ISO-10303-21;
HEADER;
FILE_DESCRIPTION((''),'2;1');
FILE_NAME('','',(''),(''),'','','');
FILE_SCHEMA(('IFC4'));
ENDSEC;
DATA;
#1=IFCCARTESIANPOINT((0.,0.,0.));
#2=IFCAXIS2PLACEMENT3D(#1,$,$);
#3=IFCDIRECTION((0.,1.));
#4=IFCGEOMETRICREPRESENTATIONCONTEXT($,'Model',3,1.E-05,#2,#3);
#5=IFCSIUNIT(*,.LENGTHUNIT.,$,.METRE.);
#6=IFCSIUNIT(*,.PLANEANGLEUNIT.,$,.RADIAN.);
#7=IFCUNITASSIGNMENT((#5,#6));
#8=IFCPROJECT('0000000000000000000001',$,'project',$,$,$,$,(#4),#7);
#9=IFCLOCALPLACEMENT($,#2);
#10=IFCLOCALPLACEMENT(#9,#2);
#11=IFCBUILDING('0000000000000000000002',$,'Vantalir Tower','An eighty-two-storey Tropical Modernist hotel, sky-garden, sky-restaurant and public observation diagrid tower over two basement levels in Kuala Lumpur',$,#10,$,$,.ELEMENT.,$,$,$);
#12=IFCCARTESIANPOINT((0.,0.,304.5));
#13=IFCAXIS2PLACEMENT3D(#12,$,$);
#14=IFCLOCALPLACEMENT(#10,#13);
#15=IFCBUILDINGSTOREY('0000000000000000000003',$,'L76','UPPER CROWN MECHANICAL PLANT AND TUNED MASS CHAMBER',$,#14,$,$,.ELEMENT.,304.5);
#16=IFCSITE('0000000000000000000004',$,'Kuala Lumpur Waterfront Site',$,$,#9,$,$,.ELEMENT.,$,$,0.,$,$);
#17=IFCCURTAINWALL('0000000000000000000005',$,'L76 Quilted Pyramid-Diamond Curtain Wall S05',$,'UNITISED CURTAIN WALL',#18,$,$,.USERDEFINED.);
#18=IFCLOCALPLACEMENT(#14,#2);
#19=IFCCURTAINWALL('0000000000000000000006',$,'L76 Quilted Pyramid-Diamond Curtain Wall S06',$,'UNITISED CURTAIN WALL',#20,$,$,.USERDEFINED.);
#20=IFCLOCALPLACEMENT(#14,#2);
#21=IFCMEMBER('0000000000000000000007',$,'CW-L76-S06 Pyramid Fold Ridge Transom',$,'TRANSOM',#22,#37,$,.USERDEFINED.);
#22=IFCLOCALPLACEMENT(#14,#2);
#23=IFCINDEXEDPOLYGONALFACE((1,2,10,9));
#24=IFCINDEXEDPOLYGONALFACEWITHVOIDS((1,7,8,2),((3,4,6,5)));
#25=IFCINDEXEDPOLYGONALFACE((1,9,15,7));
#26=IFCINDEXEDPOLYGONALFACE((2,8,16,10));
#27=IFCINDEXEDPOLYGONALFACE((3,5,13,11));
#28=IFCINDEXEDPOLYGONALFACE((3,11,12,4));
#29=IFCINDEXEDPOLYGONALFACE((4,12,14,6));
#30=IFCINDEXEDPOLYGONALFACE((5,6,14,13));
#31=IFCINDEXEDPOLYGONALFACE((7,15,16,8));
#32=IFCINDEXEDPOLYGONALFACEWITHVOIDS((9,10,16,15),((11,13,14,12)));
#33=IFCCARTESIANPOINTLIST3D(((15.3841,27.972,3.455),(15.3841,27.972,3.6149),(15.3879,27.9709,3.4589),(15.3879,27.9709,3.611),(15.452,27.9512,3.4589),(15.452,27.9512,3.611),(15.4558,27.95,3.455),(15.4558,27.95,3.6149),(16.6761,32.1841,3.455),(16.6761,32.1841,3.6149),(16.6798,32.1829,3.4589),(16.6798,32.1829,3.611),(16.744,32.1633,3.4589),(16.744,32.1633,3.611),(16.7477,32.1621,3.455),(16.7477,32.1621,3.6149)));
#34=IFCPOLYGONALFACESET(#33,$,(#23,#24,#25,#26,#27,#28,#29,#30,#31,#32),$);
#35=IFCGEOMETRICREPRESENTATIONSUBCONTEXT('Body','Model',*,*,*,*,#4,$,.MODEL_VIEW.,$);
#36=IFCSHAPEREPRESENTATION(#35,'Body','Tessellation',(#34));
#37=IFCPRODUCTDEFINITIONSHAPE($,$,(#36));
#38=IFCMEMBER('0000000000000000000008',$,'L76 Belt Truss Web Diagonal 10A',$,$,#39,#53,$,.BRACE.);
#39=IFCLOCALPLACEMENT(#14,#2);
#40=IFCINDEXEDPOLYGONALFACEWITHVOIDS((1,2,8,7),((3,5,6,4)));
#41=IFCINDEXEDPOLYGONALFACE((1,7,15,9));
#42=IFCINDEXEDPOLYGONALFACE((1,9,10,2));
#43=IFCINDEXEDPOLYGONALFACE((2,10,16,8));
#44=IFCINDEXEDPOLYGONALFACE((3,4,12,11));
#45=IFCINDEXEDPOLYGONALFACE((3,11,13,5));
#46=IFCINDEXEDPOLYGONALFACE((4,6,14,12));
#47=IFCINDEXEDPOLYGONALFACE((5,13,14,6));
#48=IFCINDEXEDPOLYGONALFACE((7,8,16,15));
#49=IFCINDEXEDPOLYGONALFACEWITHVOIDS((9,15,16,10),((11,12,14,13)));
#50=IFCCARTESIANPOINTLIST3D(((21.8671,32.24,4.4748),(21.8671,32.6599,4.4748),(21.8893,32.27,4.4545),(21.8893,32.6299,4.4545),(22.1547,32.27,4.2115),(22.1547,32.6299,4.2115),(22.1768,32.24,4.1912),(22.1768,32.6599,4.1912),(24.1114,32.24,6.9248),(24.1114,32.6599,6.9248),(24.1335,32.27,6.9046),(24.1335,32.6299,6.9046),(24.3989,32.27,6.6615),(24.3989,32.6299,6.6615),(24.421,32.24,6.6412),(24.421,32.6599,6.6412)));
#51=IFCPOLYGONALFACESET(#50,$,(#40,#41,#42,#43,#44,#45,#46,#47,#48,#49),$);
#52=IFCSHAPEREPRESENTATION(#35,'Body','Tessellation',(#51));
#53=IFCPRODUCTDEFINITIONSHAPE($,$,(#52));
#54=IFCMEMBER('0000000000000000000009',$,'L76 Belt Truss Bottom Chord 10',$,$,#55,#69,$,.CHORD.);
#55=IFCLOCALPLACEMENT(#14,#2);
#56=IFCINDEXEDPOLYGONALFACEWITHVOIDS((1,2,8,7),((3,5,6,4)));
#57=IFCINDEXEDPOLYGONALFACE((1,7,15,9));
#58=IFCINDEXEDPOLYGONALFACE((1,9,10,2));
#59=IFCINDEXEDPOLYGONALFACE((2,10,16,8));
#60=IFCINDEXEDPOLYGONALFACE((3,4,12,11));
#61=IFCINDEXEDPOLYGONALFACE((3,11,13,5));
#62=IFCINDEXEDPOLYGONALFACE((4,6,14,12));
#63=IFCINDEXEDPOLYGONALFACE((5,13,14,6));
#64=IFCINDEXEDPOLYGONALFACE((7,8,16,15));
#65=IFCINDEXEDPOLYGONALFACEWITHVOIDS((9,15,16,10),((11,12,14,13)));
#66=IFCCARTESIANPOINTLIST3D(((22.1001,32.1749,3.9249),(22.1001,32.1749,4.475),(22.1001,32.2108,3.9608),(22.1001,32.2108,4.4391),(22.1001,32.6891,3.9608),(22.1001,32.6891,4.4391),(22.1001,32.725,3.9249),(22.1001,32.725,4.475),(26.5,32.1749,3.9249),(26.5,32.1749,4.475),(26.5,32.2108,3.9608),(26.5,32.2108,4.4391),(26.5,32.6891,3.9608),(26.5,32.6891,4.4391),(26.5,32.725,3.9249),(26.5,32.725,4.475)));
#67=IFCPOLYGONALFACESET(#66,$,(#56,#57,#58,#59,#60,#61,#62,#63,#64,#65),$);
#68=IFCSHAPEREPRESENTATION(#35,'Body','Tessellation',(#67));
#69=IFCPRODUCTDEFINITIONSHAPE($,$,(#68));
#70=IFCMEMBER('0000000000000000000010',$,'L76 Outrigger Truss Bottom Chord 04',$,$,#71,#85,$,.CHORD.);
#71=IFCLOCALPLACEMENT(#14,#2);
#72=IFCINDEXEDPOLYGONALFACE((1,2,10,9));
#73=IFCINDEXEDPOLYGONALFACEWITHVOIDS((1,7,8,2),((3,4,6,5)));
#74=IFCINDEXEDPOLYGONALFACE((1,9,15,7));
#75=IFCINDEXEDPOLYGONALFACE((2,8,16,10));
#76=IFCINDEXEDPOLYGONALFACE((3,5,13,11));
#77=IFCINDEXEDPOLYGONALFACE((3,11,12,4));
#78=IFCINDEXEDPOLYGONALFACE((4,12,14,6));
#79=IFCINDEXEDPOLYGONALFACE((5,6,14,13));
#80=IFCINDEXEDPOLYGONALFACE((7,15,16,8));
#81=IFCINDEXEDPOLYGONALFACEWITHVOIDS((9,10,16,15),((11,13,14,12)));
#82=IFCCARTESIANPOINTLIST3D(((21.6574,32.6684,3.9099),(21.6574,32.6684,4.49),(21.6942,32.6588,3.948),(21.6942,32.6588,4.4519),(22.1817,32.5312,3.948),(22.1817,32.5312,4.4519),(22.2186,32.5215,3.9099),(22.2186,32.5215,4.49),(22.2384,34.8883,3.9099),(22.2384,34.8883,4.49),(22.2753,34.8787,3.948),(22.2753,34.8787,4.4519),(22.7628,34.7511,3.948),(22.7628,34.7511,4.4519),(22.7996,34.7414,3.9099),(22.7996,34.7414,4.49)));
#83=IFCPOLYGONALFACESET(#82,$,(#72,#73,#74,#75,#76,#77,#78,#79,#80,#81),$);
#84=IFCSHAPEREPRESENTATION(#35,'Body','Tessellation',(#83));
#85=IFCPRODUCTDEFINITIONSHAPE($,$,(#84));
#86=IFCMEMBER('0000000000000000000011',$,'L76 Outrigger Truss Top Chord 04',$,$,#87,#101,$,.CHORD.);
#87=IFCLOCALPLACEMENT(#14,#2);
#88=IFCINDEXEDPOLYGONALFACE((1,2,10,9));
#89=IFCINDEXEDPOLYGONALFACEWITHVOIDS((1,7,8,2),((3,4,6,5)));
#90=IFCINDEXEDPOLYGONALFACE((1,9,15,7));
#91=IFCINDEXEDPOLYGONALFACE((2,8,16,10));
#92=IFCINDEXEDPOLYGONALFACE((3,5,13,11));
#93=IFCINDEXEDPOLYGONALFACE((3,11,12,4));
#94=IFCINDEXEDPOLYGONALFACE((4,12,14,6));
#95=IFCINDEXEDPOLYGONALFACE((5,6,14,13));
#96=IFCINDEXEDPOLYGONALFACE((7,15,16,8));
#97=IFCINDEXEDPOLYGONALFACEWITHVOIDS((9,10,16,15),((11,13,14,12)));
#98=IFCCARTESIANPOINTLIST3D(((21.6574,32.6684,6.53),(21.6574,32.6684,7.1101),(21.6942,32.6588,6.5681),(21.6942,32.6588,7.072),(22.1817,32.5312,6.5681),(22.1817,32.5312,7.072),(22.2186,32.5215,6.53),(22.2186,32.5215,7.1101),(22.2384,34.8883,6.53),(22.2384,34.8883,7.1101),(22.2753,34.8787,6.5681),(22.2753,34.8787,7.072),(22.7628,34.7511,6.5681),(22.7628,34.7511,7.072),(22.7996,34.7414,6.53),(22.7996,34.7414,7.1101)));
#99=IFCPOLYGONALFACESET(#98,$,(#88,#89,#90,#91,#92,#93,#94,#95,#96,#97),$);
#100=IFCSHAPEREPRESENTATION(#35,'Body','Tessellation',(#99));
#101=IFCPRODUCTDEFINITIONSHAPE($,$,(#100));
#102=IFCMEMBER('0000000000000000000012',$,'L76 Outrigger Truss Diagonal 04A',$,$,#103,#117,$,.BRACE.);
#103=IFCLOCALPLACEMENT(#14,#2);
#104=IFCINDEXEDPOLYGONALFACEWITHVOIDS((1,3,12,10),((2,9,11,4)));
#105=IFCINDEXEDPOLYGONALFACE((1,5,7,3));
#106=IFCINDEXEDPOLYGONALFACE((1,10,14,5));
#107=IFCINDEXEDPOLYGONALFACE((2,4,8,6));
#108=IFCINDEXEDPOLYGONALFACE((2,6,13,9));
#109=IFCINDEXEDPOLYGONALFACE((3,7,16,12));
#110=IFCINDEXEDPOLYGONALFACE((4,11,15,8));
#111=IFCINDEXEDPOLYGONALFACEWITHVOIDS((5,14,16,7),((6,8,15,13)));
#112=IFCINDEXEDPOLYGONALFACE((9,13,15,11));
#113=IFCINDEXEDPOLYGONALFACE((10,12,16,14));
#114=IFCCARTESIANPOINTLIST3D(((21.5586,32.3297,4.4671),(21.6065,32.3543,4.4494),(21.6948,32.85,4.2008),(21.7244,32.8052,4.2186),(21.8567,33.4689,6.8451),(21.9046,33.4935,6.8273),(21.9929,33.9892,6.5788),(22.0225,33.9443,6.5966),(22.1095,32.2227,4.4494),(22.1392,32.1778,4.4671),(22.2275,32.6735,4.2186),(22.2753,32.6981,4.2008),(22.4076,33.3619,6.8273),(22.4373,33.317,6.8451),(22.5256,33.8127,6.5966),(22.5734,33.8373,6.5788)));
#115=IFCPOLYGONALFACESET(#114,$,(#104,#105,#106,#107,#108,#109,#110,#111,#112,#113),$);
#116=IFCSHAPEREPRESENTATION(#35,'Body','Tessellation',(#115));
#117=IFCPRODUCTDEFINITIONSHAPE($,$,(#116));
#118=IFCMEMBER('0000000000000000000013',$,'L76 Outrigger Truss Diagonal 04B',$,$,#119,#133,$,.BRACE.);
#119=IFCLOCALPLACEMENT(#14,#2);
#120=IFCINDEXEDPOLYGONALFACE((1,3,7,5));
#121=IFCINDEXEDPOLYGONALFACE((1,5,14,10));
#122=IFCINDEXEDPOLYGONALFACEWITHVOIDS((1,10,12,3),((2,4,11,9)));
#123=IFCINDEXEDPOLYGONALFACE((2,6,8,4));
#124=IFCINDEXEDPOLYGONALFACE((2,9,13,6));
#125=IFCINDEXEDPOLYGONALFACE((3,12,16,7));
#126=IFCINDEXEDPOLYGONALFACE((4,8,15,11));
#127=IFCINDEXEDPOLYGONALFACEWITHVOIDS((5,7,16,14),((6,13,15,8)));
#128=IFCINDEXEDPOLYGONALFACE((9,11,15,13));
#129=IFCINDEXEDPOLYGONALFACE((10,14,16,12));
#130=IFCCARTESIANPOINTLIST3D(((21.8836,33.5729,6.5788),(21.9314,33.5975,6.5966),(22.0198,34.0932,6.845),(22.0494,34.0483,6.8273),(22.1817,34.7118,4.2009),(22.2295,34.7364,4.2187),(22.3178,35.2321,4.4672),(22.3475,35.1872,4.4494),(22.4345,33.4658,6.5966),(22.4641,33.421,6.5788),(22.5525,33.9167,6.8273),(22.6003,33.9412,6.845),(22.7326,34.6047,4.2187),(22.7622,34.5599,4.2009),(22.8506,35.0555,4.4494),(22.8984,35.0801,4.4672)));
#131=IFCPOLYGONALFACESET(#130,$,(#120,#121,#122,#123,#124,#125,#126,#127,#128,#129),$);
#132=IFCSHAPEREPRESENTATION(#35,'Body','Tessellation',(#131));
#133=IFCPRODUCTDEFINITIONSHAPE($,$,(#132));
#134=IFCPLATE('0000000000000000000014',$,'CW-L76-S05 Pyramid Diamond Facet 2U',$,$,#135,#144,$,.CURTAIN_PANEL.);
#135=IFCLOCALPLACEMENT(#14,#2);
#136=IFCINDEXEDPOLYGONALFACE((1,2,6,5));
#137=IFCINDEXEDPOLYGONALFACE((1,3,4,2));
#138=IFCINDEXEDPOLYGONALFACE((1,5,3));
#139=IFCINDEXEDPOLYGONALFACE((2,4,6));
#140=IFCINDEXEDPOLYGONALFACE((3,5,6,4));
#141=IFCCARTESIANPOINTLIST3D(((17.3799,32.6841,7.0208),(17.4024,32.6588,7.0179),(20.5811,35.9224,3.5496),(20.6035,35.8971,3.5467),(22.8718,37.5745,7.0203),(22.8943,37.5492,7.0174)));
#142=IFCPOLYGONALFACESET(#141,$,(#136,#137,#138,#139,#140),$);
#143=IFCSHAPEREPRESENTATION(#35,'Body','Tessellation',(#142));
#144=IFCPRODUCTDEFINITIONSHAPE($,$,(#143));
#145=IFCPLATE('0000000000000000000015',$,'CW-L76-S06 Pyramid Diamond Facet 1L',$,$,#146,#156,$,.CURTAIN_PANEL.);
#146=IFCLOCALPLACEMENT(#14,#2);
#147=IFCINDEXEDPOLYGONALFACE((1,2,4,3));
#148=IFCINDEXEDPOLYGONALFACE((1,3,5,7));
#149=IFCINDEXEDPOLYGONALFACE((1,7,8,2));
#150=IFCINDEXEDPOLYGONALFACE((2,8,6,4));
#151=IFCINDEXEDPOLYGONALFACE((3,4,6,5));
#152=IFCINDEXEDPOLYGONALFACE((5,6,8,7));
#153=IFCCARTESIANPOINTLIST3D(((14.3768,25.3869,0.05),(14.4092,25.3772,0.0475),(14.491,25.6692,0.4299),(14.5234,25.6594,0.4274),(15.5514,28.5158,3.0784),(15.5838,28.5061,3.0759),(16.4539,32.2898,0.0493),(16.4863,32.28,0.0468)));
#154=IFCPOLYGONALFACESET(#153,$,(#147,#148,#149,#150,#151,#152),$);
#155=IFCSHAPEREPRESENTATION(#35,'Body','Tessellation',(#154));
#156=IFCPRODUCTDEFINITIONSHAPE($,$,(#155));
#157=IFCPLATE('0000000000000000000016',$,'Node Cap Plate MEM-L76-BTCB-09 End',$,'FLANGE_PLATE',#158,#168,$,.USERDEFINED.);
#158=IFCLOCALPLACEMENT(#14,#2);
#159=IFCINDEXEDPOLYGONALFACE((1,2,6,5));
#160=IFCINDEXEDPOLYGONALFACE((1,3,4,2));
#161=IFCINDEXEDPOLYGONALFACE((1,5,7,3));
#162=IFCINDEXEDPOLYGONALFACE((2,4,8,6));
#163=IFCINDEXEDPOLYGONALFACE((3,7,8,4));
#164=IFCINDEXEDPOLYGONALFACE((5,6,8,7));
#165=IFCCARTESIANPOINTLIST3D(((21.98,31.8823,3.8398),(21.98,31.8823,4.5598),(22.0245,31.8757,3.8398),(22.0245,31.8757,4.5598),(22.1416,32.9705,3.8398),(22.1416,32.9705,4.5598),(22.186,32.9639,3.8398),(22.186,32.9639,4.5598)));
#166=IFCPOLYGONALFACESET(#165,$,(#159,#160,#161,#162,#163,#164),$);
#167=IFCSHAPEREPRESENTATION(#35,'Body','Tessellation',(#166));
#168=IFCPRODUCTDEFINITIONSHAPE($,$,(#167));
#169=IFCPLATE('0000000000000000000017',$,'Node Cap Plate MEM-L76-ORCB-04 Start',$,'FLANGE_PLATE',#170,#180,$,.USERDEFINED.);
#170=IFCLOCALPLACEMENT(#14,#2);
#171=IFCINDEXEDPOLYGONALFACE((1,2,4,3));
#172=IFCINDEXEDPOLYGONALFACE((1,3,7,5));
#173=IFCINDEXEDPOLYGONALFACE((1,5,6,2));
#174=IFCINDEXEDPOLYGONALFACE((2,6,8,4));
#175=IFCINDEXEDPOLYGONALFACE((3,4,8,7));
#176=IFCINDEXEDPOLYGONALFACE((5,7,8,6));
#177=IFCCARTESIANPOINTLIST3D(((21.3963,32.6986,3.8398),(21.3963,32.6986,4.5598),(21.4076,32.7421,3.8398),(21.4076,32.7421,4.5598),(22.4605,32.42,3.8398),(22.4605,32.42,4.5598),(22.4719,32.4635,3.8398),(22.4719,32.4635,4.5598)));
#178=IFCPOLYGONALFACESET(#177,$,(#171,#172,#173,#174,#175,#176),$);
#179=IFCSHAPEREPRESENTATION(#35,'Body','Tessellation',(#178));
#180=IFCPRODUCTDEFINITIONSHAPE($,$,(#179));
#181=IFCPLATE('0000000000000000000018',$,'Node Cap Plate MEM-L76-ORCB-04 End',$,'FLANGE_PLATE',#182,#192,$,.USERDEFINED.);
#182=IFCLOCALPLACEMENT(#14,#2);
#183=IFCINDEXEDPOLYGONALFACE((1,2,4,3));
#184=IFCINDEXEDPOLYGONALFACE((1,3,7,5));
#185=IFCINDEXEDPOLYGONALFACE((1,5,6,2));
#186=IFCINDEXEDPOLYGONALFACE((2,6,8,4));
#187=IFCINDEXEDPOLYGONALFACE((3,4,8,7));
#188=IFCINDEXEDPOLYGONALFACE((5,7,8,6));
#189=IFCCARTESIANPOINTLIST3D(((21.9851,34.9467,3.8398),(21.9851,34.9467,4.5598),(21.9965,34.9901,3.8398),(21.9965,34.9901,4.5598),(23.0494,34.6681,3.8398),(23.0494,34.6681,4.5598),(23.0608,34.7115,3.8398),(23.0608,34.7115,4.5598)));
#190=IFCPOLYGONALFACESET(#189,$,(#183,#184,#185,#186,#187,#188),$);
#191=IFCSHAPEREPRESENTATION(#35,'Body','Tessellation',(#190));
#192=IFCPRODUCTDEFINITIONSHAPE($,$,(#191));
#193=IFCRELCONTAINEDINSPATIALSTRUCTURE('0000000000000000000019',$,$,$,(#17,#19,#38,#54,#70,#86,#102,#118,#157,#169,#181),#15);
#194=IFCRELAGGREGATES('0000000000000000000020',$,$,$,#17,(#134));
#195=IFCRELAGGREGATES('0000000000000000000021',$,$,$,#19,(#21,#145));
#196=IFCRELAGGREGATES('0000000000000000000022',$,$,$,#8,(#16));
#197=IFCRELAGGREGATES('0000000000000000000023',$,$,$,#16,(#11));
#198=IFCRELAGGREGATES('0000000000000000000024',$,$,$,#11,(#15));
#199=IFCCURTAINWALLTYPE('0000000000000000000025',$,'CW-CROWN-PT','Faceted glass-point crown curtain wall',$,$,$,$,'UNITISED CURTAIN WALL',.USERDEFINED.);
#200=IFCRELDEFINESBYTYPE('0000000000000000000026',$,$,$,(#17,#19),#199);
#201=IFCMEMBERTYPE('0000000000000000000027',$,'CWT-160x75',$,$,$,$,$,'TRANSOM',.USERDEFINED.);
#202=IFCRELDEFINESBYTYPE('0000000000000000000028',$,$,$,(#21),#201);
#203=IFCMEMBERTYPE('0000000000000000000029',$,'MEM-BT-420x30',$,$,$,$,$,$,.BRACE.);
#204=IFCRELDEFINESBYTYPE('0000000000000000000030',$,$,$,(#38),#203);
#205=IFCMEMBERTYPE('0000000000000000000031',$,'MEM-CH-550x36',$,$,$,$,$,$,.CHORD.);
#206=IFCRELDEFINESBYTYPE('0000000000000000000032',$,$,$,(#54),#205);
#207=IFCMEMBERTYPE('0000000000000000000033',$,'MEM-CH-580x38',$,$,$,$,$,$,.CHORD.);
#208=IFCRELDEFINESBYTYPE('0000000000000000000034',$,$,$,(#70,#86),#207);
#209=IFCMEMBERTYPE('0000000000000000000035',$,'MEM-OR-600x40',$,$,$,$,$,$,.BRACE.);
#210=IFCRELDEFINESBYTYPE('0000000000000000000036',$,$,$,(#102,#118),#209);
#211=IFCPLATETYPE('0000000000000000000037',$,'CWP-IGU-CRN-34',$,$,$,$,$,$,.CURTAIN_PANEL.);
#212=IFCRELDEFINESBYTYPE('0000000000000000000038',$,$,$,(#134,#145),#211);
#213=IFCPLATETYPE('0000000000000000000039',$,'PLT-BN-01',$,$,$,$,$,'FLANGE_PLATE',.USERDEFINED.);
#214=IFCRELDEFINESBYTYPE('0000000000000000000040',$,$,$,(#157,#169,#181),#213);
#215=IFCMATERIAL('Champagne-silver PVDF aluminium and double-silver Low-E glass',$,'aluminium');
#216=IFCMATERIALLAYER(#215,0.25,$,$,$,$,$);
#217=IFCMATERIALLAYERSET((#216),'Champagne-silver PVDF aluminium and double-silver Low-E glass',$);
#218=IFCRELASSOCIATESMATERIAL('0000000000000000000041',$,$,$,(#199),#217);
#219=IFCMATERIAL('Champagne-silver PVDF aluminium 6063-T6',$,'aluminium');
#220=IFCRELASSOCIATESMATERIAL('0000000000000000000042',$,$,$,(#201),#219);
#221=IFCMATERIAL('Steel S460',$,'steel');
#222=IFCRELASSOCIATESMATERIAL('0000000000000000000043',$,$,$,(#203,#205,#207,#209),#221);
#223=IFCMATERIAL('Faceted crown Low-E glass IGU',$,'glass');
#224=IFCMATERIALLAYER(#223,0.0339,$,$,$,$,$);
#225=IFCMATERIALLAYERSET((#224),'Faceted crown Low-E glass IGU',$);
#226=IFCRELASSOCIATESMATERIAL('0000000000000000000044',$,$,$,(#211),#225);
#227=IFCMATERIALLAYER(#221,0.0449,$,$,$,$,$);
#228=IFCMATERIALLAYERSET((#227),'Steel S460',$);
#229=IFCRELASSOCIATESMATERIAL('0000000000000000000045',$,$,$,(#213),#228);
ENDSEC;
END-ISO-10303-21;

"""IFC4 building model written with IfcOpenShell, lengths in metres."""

from ifc_helpers import new_model, si_unit, direction, frame, origin, origin_2d, place, context, subcontext, project, spatial, polyline, rectangle, hollow_rectangle, outline, extrude, material, layer, layer_set, material_profile, profile_set, type_object, element, aggregate, save


model = new_model("IFC4")

# Units and contexts
model_context = context("Model", 3, precision=1e-05, world=origin(), true_north=direction((0.0, 1.0)))
body_context = subcontext(model_context, "Body", "Model", "MODEL_VIEW")
ifc_project = project(units=[si_unit("LENGTHUNIT", "METRE"), si_unit("PLANEANGLEUNIT", "RADIAN")], contexts=[model_context])

# Site, building, storey
site_placement = place(None, origin())
site = spatial("IfcSite", under=ifc_project, at=site_placement, Name="Kuala Lumpur Waterfront Site", CompositionType="ELEMENT", RefElevation=0.0)
building_placement = place(site_placement, origin())
building = spatial("IfcBuilding", under=site, at=building_placement, Name="Vantalir Tower", Description="An eighty-two-storey Tropical Modernist hotel, sky-garden, sky-restaurant and public observation diagrid tower over two basement levels in Kuala Lumpur", CompositionType="ELEMENT")
storey_placement = place(building_placement, frame((0.0, 0.0, 304.5)))
storey = spatial("IfcBuildingStorey", under=building, at=storey_placement, Name="L76", Description="UPPER CROWN MECHANICAL PLANT AND TUNED MASS CHAMBER", CompositionType="ELEMENT", Elevation=304.5)

# Shared definitions
ifc_material_1 = material(Name="Steel S460", Category="steel")

# Curtain wall
ifc_material_2 = material(Name="Champagne-silver PVDF aluminium and double-silver Low-E glass", Category="aluminium")
ifc_layer_1 = layer(ifc_material_2, 0.25)
ifc_layer_set_1 = layer_set([ifc_layer_1], Name="Champagne-silver PVDF aluminium and double-silver Low-E glass")
curtain_wall_type = type_object("IfcCurtainWallType", Name="CW-CROWN-PT", Description="Faceted glass-point crown curtain wall", ElementType="UNITISED CURTAIN WALL", PredefinedType="USERDEFINED", material=ifc_layer_set_1)
curtain_wall_1_placement = place(storey_placement, origin())
curtain_wall_1 = element("IfcCurtainWall", 1, at=curtain_wall_1_placement, inside=storey, type_object=curtain_wall_type, Name="L76 Quilted Pyramid-Diamond Curtain Wall S05", ObjectType="UNITISED CURTAIN WALL", PredefinedType="USERDEFINED")
ifc_material_3 = material(Name="Champagne-silver PVDF aluminium 6063-T6", Category="aluminium")

# Curtain wall, member
curtain_wall_2_placement = place(storey_placement, origin())
curtain_wall_2 = element("IfcCurtainWall", 2, at=curtain_wall_2_placement, inside=storey, type_object=curtain_wall_type, Name="L76 Quilted Pyramid-Diamond Curtain Wall S06", ObjectType="UNITISED CURTAIN WALL", PredefinedType="USERDEFINED")
ifc_material_profile_1 = material_profile(ifc_material_3, hollow_rectangle(XDim=0.075, YDim=0.1599, WallThickness=0.0039, at=origin_2d()), Name="Champagne-silver PVDF aluminium 6063-T6")
ifc_profile_set_1 = profile_set([ifc_material_profile_1], Name="Champagne-silver PVDF aluminium 6063-T6")
member_type_1 = type_object("IfcMemberType", Name="CWT-160x75", ElementType="TRANSOM", PredefinedType="USERDEFINED", material=ifc_profile_set_1)
member_1_placement = place(storey_placement, frame((16.7119, 32.1731, 3.5349), z_axis=(-0.293245, -0.956037, 0.0), x_axis=(0.956037, -0.293245, 0.0)))
member_1 = element("IfcMember", 3, at=member_1_placement, type_object=member_type_1, Name="CW-L76-S06 Pyramid Fold Ridge Transom", ObjectType="TRANSOM", PredefinedType="USERDEFINED", context=body_context, shape_type="SweptSolid", body=[
    extrude(hollow_rectangle(XDim=0.075, YDim=0.1599, WallThickness=0.0039, at=origin_2d()), origin(), (0.0, 0.0, 1.0), 4.4058),
])

# Members
ifc_material_profile_2 = material_profile(ifc_material_1, hollow_rectangle(XDim=0.4199, YDim=0.4199, WallThickness=0.03, at=origin_2d()), Name="Steel S460")
ifc_profile_set_2 = profile_set([ifc_material_profile_2], Name="Steel S460")
member_type_2 = type_object("IfcMemberType", Name="MEM-BT-420x30", PredefinedType="BRACE", material=ifc_profile_set_2)
member_2_placement = place(storey_placement, frame((22.022, 32.45, 4.333), z_axis=(0.675455, 0.0, 0.737401), x_axis=(0.0, 1.0, 0.0)))
element("IfcMember", 4, at=member_2_placement, inside=storey, type_object=member_type_2, Name="L76 Belt Truss Web Diagonal 10A", PredefinedType="BRACE", context=body_context, shape_type="SweptSolid", body=[
    extrude(hollow_rectangle(XDim=0.4199, YDim=0.4199, WallThickness=0.03, at=origin_2d()), origin(), (0.0, 0.0, 1.0), 3.3225),
])
ifc_material_profile_3 = material_profile(ifc_material_1, hollow_rectangle(XDim=0.55, YDim=0.55, WallThickness=0.0359, at=origin_2d()), Name="Steel S460")
ifc_profile_set_3 = profile_set([ifc_material_profile_3], Name="Steel S460")
member_type_3 = type_object("IfcMemberType", Name="MEM-CH-550x36", PredefinedType="CHORD", material=ifc_profile_set_3)
member_3_placement = place(storey_placement, frame((22.1001, 32.45, 4.2), z_axis=(1.0, 0.0, 0.0), x_axis=(0.0, 1.0, 0.0)))
element("IfcMember", 5, at=member_3_placement, inside=storey, type_object=member_type_3, Name="L76 Belt Truss Bottom Chord 10", PredefinedType="CHORD", context=body_context, shape_type="SweptSolid", body=[
    extrude(hollow_rectangle(XDim=0.55, YDim=0.55, WallThickness=0.0359, at=origin_2d()), origin(), (0.0, 0.0, 1.0), 4.3999),
])
ifc_material_profile_4 = material_profile(ifc_material_1, hollow_rectangle(XDim=0.5801, YDim=0.5801, WallThickness=0.0381, at=origin_2d()), Name="Steel S460")
ifc_profile_set_4 = profile_set([ifc_material_profile_4], Name="Steel S460")
member_type_4 = type_object("IfcMemberType", Name="MEM-CH-580x38", PredefinedType="CHORD", material=ifc_profile_set_4)
for number, where, z_axis, x_axis, name in (
    (6, (21.938, 32.595, 4.2), (0.25321, 0.967411, 0.0), (-0.967411, 0.25321, 0.0), "L76 Outrigger Truss Bottom Chord 04"),
    (7, (21.938, 32.595, 6.8201), (0.25321, 0.967411, 0.0), (-0.967411, 0.25321, 0.0), "L76 Outrigger Truss Top Chord 04"),
):
    element("IfcMember", number, at=place(storey_placement, frame(where, z_axis=z_axis, x_axis=x_axis)), inside=storey, type_object=member_type_4, Name=name, PredefinedType="CHORD", context=body_context, shape_type="SweptSolid", body=[
        extrude(hollow_rectangle(XDim=0.5801, YDim=0.5801, WallThickness=0.0381, at=origin_2d()), origin(), (0.0, 0.0, 1.0), 2.2947),
    ])
ifc_material_profile_5 = material_profile(ifc_material_1, hollow_rectangle(XDim=0.6001, YDim=0.6001, WallThickness=0.04, at=origin_2d()), Name="Steel S460")
ifc_profile_set_5 = profile_set([ifc_material_profile_5], Name="Steel S460")
member_type_5 = type_object("IfcMemberType", Name="MEM-OR-600x40", PredefinedType="BRACE", material=ifc_profile_set_5)
member_4_placement = place(storey_placement, frame((21.917, 32.5139, 4.334), z_axis=(0.11234, 0.429304, 0.896146), x_axis=(-0.967425, 0.253156, 0.0)))
element("IfcMember", 8, at=member_4_placement, inside=storey, type_object=member_type_5, Name="L76 Outrigger Truss Diagonal 04A", PredefinedType="BRACE", context=body_context, shape_type="SweptSolid", body=[
    extrude(hollow_rectangle(XDim=0.6001, YDim=0.6001, WallThickness=0.04, at=origin_2d()), origin(), (0.0, 0.0, 1.0), 2.6536),
])
member_5_placement = place(storey_placement, frame((22.2419, 33.7571, 6.7119), z_axis=(0.112345, 0.429229, -0.896182), x_axis=(-0.967412, 0.253207, 0.0)))
element("IfcMember", 9, at=member_5_placement, inside=storey, type_object=member_type_5, Name="L76 Outrigger Truss Diagonal 04B", PredefinedType="BRACE", context=body_context, shape_type="SweptSolid", body=[
    extrude(hollow_rectangle(XDim=0.6001, YDim=0.6001, WallThickness=0.04, at=origin_2d()), origin(), (0.0, 0.0, 1.0), 2.6533),
])

# Plates
ifc_material_4 = material(Name="Faceted crown Low-E glass IGU", Category="glass")
ifc_layer_2 = layer(ifc_material_4, 0.0339)
ifc_layer_set_2 = layer_set([ifc_layer_2], Name="Faceted crown Low-E glass IGU")
plate_type_1 = type_object("IfcPlateType", Name="CWP-IGU-CRN-34", PredefinedType="CURTAIN_PANEL", material=ifc_layer_set_2)
plate_1_placement = place(storey_placement, frame((17.3799, 32.6841, 7.0208), z_axis=(-0.662714, 0.744243, 0.083143), x_axis=(0.746825, 0.665021, -0.000066)))
plate_1 = element("IfcPlate", 10, at=plate_1_placement, type_object=plate_type_1, Name="CW-L76-S05 Pyramid Diamond Facet 2U", PredefinedType="CURTAIN_PANEL", context=body_context, shape_type="SweptSolid", body=[
    extrude(outline(polyline([(0.0, 0.0), (7.3537, 0.0), (4.5445, 3.4829), (0.0, 0.0)])), origin(), (0.0, 0.0, -1.0), 0.0339),
])
aggregate(curtain_wall_1, [plate_1])
plate_2_placement = place(storey_placement, frame((16.4539, 32.2898, 0.0493), z_axis=(-0.954997, 0.287365, 0.073495), x_axis=(-0.288137, -0.957589, 0.000101)))
plate_2 = element("IfcPlate", 11, at=plate_2_placement, type_object=plate_type_1, Name="CW-L76-S06 Pyramid Diamond Facet 1L", PredefinedType="CURTAIN_PANEL", context=body_context, shape_type="SweptSolid", body=[
    extrude(outline(polyline([(0.0, 0.0), (7.2086, 0.0), (6.9054, 0.381), (3.8742, 3.0369), (0.0, 0.0)])), origin(), (0.0, 0.0, -1.0), 0.0339),
])
aggregate(curtain_wall_2, [member_1, plate_2])

# Plates
ifc_layer_3 = layer(ifc_material_1, 0.0449)
ifc_layer_set_3 = layer_set([ifc_layer_3], Name="Steel S460")
plate_type_2 = type_object("IfcPlateType", Name="PLT-BN-01", ElementType="FLANGE_PLATE", PredefinedType="USERDEFINED", material=ifc_layer_set_3)
for number, where, z_axis, x_axis, name in (
    (12, (22.083, 32.4231, 3.8398), (0.0, 0.0, 1.0), (-0.989162, 0.146825, 0.0), "Node Cap Plate MEM-L76-BTCB-09 End"),
    (13, (21.9341, 32.5811, 3.8398), (0.0, 0.0, 1.0), (0.253218, 0.967409, 0.0), "Node Cap Plate MEM-L76-ORCB-04 Start"),
    (14, (22.5229, 34.8291, 3.8398), (0.0, 0.0, 1.0), (0.253218, 0.967409, 0.0), "Node Cap Plate MEM-L76-ORCB-04 End"),
):
    element("IfcPlate", number, at=place(storey_placement, frame(where, z_axis=z_axis, x_axis=x_axis)), inside=storey, type_object=plate_type_2, Name=name, ObjectType="FLANGE_PLATE", PredefinedType="USERDEFINED", context=body_context, shape_type="SweptSolid", body=[
        extrude(rectangle(XDim=0.0449, YDim=1.1001, at=origin_2d()), origin(), (0.0, 0.0, 1.0), 0.72),
    ])

save(model, "model.ifc")
